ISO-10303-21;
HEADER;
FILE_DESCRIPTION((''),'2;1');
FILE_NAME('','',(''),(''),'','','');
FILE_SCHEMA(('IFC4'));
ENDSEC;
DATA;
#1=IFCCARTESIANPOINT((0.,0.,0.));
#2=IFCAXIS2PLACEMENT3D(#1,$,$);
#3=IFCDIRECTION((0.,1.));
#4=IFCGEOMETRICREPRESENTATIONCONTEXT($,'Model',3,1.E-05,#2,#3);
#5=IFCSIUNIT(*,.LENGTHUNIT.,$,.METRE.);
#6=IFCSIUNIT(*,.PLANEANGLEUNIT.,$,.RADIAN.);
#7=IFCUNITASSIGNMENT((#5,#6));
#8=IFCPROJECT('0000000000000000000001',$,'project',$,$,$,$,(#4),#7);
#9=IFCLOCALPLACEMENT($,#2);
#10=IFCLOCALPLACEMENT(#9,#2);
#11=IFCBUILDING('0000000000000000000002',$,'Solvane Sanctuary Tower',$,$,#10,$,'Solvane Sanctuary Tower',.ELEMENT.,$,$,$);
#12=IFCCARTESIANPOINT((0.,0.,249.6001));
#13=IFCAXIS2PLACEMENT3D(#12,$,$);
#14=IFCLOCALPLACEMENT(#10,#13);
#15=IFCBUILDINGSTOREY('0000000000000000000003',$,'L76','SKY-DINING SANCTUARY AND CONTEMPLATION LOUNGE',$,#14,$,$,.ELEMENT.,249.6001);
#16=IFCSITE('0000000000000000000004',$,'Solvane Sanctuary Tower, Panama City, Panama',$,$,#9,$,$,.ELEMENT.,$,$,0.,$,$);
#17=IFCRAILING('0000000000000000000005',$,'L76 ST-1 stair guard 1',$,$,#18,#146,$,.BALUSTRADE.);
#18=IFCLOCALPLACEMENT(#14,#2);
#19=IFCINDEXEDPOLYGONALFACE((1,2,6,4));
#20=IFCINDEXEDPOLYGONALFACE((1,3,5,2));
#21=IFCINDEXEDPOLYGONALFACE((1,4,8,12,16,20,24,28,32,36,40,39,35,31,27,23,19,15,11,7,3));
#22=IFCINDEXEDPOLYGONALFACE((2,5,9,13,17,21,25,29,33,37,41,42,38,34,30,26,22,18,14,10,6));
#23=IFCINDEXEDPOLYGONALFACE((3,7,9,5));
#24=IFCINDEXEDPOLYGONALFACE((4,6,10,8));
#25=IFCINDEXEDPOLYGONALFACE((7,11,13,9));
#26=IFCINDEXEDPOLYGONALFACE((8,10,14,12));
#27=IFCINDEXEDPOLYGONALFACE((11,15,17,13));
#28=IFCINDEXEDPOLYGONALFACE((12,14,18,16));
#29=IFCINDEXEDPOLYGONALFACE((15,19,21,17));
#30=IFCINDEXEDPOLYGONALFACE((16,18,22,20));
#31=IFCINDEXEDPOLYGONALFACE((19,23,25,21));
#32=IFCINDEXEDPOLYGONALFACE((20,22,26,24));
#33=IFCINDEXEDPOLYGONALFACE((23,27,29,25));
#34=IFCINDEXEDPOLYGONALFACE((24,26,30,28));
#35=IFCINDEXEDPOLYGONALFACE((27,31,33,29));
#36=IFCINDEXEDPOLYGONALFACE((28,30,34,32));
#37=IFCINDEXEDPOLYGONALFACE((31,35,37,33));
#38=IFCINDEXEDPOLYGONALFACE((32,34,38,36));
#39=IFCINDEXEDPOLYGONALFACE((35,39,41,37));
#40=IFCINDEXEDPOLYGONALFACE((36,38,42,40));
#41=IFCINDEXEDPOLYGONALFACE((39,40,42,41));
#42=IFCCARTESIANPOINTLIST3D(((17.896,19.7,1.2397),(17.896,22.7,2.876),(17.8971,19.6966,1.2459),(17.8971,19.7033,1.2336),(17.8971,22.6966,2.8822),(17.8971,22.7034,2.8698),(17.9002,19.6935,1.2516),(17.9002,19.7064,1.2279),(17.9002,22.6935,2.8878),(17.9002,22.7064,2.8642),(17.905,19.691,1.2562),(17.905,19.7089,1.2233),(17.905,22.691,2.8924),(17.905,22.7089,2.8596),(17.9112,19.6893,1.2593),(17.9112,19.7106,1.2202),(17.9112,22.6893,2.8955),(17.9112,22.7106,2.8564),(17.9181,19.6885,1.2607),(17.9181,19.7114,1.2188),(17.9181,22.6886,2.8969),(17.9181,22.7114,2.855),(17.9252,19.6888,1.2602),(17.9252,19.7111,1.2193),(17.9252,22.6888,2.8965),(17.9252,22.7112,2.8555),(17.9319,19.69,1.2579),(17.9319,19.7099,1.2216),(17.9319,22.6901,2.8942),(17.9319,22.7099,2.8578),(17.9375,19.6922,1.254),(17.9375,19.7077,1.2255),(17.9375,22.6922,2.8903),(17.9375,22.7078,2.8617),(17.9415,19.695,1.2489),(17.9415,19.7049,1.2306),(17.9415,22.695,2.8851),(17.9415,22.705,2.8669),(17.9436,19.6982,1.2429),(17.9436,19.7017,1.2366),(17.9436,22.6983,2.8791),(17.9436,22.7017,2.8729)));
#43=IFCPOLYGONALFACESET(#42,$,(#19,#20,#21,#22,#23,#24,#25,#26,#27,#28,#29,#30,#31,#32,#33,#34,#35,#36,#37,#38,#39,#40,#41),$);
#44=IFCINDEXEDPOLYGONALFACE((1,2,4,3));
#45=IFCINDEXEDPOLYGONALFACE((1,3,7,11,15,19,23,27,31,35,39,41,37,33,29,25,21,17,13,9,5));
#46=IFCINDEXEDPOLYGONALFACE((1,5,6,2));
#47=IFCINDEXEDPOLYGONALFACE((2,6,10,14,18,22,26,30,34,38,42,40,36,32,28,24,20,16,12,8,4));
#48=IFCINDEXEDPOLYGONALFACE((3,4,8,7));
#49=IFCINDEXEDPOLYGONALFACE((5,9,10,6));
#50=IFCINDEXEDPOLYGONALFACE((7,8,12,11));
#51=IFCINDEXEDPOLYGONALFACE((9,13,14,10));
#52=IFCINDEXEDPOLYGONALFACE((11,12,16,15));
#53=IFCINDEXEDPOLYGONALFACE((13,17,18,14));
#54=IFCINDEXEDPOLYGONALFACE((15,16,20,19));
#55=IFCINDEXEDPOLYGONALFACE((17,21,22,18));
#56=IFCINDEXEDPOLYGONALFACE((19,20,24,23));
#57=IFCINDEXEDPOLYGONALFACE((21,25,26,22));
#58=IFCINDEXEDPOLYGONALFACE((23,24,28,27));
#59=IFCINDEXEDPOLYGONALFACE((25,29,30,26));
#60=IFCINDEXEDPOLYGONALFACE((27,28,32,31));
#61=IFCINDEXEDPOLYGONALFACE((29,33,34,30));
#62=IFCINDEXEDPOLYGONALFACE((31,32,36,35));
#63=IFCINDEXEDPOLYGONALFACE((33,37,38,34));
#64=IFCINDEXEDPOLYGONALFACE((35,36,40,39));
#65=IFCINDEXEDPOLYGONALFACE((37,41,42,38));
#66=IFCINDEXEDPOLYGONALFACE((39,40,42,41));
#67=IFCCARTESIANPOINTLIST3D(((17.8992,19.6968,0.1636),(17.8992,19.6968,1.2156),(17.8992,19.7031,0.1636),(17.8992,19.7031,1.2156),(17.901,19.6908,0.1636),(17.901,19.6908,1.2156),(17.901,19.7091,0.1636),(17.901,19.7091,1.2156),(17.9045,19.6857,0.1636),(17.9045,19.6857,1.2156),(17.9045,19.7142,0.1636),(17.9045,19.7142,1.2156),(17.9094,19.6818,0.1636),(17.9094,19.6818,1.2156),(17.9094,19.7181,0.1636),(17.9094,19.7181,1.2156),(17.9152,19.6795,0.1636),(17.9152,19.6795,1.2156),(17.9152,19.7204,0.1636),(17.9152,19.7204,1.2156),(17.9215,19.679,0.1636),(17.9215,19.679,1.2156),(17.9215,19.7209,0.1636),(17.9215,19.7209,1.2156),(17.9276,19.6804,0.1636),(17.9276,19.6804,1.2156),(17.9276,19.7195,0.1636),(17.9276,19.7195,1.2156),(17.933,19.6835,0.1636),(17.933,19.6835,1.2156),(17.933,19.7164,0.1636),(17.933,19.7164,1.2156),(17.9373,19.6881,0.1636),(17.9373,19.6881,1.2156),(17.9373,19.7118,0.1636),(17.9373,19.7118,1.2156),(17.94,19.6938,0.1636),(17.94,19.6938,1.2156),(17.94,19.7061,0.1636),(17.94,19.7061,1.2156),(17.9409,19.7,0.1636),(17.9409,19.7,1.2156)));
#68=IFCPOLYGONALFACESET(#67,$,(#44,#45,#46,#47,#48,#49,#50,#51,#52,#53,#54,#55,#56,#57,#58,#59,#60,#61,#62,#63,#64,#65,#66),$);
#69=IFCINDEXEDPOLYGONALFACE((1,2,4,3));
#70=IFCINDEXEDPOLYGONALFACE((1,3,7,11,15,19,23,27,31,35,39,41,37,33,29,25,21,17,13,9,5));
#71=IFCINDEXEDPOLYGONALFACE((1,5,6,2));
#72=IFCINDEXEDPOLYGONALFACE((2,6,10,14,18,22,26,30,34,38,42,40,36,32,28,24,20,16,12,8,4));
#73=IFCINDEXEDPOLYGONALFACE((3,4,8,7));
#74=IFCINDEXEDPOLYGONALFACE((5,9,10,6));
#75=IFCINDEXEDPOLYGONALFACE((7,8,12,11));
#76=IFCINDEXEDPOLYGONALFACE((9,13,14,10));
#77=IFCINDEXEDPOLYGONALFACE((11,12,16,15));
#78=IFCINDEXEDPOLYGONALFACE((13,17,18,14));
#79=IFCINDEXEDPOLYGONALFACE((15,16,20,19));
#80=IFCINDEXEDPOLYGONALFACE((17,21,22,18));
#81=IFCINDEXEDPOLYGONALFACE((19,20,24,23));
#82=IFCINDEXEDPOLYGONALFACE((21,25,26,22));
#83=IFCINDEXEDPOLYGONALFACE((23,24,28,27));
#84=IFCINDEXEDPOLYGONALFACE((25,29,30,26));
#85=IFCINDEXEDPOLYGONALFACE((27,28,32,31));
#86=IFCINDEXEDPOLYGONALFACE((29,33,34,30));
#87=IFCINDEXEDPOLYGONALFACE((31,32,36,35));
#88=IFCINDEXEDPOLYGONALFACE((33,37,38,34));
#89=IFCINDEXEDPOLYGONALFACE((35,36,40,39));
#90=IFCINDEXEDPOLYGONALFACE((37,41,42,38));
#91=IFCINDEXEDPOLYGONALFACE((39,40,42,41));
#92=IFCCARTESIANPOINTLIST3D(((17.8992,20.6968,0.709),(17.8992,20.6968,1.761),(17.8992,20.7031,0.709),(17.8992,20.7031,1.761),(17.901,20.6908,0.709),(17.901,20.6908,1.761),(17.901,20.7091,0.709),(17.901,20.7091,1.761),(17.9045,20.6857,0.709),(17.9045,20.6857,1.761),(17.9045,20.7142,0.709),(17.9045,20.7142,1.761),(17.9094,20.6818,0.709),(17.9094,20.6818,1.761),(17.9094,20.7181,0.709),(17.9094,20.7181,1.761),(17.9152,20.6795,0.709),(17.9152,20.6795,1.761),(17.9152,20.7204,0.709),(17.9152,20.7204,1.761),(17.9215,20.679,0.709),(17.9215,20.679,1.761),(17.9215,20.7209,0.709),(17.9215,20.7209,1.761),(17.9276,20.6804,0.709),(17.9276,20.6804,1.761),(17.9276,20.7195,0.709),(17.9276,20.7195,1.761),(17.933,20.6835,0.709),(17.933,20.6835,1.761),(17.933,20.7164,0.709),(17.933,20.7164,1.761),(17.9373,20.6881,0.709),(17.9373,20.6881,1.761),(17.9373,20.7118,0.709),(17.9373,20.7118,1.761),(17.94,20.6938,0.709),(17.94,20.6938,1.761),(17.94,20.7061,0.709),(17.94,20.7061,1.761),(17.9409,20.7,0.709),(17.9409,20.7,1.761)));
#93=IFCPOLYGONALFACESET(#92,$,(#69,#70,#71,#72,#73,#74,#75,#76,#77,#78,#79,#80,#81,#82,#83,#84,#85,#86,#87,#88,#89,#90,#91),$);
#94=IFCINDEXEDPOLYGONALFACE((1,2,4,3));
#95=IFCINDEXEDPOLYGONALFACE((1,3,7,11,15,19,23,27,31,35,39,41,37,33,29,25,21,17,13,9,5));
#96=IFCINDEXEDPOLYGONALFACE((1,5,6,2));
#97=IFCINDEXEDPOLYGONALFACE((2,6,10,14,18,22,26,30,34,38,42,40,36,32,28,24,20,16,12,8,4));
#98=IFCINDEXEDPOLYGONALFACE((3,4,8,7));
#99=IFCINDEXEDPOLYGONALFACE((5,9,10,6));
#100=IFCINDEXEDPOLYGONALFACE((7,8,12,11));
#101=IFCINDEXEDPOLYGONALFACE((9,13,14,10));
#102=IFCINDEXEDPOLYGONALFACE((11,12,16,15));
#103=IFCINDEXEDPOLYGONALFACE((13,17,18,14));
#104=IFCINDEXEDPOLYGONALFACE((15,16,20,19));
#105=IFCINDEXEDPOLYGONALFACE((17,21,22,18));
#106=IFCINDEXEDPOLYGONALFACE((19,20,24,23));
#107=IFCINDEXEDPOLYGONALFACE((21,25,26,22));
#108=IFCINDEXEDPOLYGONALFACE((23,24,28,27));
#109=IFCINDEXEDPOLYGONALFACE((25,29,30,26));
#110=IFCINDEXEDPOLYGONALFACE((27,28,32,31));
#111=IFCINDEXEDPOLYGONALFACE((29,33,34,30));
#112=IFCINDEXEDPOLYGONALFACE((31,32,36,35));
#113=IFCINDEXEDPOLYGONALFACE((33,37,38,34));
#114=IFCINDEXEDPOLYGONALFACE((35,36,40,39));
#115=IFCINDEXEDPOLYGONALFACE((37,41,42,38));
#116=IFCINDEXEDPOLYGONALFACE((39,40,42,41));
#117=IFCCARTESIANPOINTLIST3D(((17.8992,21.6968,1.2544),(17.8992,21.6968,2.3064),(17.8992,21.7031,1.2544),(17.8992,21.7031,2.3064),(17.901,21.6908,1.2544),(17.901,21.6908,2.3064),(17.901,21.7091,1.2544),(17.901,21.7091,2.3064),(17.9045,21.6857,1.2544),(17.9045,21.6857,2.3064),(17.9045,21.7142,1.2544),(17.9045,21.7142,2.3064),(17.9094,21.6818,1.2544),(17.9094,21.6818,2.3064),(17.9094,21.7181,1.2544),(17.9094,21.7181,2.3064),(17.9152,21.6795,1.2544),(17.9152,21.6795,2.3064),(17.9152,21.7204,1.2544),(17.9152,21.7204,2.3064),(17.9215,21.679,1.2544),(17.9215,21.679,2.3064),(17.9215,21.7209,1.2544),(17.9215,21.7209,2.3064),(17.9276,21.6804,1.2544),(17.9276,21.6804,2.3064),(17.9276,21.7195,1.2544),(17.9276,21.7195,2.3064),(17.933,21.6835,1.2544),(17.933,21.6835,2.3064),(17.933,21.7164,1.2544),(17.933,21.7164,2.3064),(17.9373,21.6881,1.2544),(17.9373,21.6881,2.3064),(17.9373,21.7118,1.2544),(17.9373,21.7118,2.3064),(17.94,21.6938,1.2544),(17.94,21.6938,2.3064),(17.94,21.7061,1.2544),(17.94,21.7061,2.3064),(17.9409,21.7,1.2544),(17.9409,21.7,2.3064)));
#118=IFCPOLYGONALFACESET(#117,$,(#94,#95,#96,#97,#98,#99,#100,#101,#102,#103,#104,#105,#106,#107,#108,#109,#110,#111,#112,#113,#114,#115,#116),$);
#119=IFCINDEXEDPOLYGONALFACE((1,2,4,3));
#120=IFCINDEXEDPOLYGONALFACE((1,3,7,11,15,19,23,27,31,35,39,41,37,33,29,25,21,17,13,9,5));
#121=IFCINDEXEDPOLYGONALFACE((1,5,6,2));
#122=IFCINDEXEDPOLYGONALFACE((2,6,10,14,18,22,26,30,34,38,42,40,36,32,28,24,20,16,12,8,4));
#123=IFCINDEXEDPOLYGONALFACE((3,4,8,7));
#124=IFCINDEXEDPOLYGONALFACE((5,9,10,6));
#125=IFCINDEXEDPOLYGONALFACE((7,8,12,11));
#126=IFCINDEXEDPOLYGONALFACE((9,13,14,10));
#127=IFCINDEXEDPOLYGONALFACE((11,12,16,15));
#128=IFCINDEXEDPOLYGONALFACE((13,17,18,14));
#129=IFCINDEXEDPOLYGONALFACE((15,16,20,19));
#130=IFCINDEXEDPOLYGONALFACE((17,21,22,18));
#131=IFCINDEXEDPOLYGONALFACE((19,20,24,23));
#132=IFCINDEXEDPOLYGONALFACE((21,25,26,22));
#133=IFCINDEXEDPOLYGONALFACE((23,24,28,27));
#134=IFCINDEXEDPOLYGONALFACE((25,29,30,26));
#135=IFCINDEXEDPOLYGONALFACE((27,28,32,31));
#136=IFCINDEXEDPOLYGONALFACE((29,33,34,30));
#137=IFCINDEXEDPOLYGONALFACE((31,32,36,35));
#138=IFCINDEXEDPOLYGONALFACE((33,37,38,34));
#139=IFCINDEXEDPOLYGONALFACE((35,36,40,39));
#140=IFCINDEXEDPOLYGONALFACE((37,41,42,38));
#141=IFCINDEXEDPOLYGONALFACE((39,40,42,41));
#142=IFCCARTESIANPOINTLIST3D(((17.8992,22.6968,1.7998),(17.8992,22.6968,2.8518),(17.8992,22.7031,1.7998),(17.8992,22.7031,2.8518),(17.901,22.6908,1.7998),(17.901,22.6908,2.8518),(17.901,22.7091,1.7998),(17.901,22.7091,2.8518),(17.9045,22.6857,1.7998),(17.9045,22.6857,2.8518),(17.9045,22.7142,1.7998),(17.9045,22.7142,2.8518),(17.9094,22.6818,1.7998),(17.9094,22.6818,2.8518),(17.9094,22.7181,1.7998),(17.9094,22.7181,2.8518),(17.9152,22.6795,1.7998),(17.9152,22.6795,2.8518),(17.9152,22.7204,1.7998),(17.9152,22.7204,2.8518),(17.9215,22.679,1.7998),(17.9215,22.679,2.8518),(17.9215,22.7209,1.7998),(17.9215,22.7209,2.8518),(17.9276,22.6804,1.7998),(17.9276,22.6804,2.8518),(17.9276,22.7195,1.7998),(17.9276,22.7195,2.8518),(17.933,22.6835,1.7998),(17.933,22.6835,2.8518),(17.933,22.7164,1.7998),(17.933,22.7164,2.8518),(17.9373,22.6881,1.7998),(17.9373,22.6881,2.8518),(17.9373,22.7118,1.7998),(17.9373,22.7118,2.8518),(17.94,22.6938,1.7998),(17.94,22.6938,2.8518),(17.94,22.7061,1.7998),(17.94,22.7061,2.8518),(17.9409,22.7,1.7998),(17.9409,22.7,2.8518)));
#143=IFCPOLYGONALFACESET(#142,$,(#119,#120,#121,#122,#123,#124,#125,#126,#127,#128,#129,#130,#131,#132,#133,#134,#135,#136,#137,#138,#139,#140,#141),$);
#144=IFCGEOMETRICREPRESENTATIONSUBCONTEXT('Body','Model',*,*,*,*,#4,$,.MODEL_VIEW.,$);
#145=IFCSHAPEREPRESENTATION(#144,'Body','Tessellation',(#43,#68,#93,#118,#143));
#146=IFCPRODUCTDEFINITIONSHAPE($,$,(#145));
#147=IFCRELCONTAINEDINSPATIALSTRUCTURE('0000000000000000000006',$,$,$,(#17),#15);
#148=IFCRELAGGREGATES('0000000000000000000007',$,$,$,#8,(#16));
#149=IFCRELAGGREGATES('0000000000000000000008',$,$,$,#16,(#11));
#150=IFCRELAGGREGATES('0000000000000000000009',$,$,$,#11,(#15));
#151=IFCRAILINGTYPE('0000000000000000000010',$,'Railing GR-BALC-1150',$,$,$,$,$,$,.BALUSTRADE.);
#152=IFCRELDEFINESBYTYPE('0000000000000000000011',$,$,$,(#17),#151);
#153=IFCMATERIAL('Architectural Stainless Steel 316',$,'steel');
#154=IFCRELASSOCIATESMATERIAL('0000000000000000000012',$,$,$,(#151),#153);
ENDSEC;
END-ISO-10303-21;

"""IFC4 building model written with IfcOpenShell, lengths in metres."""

from ifc_helpers import new_model, si_unit, direction, frame, origin, origin_2d, place, context, subcontext, project, spatial, circle, extrude, material, type_object, element, save


model = new_model("IFC4")

# Units and contexts
model_context = context("Model", 3, precision=1e-05, world=origin(), true_north=direction((0.0, 1.0)))
body_context = subcontext(model_context, "Body", "Model", "MODEL_VIEW")
ifc_project = project(units=[si_unit("LENGTHUNIT", "METRE"), si_unit("PLANEANGLEUNIT", "RADIAN")], contexts=[model_context])

# Site, building, storey
site_placement = place(None, origin())
site = spatial("IfcSite", under=ifc_project, at=site_placement, Name="Solvane Sanctuary Tower, Panama City, Panama", CompositionType="ELEMENT", RefElevation=0.0)
building_placement = place(site_placement, origin())
building = spatial("IfcBuilding", under=site, at=building_placement, Name="Solvane Sanctuary Tower", LongName="Solvane Sanctuary Tower", CompositionType="ELEMENT")
storey_placement = place(building_placement, frame((0.0, 0.0, 249.6001)))
storey = spatial("IfcBuildingStorey", under=building, at=storey_placement, Name="L76", Description="SKY-DINING SANCTUARY AND CONTEMPLATION LOUNGE", CompositionType="ELEMENT", Elevation=249.6001)

# Shared definitions
ifc_material_1 = material(Name="Architectural Stainless Steel 316", Category="steel")

# Railing
railing_type_1 = type_object("IfcRailingType", Name="Railing GR-BALC-1150", PredefinedType="BALUSTRADE", material=ifc_material_1)
railing_1_placement = place(storey_placement, frame((17.9199, 19.7, 0.1636)))
element("IfcRailing", 1, at=railing_1_placement, inside=storey, type_object=railing_type_1, Name="L76 ST-1 stair guard 1", PredefinedType="BALUSTRADE", context=body_context, shape_type="SweptSolid", body=[
    extrude(circle(Radius=0.0239, at=origin_2d()), frame((0.0, 0.0, 1.0762), z_axis=(0.0, 0.877912, 0.478822), x_axis=(-1.0, 0.0, 0.0)), (0.0, 0.0, 1.0), 3.4172),
    extrude(circle(Radius=0.021, at=origin_2d()), origin(), (0.0, 0.0, 1.0), 1.052),
    extrude(circle(Radius=0.021, at=origin_2d()), frame((0.0, 1.0, 0.5454)), (0.0, 0.0, 1.0), 1.052),
    extrude(circle(Radius=0.021, at=origin_2d()), frame((0.0, 2.0, 1.0908)), (0.0, 0.0, 1.0), 1.052),
    extrude(circle(Radius=0.021, at=origin_2d()), frame((0.0, 3.0, 1.6362)), (0.0, 0.0, 1.0), 1.052),
])

save(model, "model.ifc")
